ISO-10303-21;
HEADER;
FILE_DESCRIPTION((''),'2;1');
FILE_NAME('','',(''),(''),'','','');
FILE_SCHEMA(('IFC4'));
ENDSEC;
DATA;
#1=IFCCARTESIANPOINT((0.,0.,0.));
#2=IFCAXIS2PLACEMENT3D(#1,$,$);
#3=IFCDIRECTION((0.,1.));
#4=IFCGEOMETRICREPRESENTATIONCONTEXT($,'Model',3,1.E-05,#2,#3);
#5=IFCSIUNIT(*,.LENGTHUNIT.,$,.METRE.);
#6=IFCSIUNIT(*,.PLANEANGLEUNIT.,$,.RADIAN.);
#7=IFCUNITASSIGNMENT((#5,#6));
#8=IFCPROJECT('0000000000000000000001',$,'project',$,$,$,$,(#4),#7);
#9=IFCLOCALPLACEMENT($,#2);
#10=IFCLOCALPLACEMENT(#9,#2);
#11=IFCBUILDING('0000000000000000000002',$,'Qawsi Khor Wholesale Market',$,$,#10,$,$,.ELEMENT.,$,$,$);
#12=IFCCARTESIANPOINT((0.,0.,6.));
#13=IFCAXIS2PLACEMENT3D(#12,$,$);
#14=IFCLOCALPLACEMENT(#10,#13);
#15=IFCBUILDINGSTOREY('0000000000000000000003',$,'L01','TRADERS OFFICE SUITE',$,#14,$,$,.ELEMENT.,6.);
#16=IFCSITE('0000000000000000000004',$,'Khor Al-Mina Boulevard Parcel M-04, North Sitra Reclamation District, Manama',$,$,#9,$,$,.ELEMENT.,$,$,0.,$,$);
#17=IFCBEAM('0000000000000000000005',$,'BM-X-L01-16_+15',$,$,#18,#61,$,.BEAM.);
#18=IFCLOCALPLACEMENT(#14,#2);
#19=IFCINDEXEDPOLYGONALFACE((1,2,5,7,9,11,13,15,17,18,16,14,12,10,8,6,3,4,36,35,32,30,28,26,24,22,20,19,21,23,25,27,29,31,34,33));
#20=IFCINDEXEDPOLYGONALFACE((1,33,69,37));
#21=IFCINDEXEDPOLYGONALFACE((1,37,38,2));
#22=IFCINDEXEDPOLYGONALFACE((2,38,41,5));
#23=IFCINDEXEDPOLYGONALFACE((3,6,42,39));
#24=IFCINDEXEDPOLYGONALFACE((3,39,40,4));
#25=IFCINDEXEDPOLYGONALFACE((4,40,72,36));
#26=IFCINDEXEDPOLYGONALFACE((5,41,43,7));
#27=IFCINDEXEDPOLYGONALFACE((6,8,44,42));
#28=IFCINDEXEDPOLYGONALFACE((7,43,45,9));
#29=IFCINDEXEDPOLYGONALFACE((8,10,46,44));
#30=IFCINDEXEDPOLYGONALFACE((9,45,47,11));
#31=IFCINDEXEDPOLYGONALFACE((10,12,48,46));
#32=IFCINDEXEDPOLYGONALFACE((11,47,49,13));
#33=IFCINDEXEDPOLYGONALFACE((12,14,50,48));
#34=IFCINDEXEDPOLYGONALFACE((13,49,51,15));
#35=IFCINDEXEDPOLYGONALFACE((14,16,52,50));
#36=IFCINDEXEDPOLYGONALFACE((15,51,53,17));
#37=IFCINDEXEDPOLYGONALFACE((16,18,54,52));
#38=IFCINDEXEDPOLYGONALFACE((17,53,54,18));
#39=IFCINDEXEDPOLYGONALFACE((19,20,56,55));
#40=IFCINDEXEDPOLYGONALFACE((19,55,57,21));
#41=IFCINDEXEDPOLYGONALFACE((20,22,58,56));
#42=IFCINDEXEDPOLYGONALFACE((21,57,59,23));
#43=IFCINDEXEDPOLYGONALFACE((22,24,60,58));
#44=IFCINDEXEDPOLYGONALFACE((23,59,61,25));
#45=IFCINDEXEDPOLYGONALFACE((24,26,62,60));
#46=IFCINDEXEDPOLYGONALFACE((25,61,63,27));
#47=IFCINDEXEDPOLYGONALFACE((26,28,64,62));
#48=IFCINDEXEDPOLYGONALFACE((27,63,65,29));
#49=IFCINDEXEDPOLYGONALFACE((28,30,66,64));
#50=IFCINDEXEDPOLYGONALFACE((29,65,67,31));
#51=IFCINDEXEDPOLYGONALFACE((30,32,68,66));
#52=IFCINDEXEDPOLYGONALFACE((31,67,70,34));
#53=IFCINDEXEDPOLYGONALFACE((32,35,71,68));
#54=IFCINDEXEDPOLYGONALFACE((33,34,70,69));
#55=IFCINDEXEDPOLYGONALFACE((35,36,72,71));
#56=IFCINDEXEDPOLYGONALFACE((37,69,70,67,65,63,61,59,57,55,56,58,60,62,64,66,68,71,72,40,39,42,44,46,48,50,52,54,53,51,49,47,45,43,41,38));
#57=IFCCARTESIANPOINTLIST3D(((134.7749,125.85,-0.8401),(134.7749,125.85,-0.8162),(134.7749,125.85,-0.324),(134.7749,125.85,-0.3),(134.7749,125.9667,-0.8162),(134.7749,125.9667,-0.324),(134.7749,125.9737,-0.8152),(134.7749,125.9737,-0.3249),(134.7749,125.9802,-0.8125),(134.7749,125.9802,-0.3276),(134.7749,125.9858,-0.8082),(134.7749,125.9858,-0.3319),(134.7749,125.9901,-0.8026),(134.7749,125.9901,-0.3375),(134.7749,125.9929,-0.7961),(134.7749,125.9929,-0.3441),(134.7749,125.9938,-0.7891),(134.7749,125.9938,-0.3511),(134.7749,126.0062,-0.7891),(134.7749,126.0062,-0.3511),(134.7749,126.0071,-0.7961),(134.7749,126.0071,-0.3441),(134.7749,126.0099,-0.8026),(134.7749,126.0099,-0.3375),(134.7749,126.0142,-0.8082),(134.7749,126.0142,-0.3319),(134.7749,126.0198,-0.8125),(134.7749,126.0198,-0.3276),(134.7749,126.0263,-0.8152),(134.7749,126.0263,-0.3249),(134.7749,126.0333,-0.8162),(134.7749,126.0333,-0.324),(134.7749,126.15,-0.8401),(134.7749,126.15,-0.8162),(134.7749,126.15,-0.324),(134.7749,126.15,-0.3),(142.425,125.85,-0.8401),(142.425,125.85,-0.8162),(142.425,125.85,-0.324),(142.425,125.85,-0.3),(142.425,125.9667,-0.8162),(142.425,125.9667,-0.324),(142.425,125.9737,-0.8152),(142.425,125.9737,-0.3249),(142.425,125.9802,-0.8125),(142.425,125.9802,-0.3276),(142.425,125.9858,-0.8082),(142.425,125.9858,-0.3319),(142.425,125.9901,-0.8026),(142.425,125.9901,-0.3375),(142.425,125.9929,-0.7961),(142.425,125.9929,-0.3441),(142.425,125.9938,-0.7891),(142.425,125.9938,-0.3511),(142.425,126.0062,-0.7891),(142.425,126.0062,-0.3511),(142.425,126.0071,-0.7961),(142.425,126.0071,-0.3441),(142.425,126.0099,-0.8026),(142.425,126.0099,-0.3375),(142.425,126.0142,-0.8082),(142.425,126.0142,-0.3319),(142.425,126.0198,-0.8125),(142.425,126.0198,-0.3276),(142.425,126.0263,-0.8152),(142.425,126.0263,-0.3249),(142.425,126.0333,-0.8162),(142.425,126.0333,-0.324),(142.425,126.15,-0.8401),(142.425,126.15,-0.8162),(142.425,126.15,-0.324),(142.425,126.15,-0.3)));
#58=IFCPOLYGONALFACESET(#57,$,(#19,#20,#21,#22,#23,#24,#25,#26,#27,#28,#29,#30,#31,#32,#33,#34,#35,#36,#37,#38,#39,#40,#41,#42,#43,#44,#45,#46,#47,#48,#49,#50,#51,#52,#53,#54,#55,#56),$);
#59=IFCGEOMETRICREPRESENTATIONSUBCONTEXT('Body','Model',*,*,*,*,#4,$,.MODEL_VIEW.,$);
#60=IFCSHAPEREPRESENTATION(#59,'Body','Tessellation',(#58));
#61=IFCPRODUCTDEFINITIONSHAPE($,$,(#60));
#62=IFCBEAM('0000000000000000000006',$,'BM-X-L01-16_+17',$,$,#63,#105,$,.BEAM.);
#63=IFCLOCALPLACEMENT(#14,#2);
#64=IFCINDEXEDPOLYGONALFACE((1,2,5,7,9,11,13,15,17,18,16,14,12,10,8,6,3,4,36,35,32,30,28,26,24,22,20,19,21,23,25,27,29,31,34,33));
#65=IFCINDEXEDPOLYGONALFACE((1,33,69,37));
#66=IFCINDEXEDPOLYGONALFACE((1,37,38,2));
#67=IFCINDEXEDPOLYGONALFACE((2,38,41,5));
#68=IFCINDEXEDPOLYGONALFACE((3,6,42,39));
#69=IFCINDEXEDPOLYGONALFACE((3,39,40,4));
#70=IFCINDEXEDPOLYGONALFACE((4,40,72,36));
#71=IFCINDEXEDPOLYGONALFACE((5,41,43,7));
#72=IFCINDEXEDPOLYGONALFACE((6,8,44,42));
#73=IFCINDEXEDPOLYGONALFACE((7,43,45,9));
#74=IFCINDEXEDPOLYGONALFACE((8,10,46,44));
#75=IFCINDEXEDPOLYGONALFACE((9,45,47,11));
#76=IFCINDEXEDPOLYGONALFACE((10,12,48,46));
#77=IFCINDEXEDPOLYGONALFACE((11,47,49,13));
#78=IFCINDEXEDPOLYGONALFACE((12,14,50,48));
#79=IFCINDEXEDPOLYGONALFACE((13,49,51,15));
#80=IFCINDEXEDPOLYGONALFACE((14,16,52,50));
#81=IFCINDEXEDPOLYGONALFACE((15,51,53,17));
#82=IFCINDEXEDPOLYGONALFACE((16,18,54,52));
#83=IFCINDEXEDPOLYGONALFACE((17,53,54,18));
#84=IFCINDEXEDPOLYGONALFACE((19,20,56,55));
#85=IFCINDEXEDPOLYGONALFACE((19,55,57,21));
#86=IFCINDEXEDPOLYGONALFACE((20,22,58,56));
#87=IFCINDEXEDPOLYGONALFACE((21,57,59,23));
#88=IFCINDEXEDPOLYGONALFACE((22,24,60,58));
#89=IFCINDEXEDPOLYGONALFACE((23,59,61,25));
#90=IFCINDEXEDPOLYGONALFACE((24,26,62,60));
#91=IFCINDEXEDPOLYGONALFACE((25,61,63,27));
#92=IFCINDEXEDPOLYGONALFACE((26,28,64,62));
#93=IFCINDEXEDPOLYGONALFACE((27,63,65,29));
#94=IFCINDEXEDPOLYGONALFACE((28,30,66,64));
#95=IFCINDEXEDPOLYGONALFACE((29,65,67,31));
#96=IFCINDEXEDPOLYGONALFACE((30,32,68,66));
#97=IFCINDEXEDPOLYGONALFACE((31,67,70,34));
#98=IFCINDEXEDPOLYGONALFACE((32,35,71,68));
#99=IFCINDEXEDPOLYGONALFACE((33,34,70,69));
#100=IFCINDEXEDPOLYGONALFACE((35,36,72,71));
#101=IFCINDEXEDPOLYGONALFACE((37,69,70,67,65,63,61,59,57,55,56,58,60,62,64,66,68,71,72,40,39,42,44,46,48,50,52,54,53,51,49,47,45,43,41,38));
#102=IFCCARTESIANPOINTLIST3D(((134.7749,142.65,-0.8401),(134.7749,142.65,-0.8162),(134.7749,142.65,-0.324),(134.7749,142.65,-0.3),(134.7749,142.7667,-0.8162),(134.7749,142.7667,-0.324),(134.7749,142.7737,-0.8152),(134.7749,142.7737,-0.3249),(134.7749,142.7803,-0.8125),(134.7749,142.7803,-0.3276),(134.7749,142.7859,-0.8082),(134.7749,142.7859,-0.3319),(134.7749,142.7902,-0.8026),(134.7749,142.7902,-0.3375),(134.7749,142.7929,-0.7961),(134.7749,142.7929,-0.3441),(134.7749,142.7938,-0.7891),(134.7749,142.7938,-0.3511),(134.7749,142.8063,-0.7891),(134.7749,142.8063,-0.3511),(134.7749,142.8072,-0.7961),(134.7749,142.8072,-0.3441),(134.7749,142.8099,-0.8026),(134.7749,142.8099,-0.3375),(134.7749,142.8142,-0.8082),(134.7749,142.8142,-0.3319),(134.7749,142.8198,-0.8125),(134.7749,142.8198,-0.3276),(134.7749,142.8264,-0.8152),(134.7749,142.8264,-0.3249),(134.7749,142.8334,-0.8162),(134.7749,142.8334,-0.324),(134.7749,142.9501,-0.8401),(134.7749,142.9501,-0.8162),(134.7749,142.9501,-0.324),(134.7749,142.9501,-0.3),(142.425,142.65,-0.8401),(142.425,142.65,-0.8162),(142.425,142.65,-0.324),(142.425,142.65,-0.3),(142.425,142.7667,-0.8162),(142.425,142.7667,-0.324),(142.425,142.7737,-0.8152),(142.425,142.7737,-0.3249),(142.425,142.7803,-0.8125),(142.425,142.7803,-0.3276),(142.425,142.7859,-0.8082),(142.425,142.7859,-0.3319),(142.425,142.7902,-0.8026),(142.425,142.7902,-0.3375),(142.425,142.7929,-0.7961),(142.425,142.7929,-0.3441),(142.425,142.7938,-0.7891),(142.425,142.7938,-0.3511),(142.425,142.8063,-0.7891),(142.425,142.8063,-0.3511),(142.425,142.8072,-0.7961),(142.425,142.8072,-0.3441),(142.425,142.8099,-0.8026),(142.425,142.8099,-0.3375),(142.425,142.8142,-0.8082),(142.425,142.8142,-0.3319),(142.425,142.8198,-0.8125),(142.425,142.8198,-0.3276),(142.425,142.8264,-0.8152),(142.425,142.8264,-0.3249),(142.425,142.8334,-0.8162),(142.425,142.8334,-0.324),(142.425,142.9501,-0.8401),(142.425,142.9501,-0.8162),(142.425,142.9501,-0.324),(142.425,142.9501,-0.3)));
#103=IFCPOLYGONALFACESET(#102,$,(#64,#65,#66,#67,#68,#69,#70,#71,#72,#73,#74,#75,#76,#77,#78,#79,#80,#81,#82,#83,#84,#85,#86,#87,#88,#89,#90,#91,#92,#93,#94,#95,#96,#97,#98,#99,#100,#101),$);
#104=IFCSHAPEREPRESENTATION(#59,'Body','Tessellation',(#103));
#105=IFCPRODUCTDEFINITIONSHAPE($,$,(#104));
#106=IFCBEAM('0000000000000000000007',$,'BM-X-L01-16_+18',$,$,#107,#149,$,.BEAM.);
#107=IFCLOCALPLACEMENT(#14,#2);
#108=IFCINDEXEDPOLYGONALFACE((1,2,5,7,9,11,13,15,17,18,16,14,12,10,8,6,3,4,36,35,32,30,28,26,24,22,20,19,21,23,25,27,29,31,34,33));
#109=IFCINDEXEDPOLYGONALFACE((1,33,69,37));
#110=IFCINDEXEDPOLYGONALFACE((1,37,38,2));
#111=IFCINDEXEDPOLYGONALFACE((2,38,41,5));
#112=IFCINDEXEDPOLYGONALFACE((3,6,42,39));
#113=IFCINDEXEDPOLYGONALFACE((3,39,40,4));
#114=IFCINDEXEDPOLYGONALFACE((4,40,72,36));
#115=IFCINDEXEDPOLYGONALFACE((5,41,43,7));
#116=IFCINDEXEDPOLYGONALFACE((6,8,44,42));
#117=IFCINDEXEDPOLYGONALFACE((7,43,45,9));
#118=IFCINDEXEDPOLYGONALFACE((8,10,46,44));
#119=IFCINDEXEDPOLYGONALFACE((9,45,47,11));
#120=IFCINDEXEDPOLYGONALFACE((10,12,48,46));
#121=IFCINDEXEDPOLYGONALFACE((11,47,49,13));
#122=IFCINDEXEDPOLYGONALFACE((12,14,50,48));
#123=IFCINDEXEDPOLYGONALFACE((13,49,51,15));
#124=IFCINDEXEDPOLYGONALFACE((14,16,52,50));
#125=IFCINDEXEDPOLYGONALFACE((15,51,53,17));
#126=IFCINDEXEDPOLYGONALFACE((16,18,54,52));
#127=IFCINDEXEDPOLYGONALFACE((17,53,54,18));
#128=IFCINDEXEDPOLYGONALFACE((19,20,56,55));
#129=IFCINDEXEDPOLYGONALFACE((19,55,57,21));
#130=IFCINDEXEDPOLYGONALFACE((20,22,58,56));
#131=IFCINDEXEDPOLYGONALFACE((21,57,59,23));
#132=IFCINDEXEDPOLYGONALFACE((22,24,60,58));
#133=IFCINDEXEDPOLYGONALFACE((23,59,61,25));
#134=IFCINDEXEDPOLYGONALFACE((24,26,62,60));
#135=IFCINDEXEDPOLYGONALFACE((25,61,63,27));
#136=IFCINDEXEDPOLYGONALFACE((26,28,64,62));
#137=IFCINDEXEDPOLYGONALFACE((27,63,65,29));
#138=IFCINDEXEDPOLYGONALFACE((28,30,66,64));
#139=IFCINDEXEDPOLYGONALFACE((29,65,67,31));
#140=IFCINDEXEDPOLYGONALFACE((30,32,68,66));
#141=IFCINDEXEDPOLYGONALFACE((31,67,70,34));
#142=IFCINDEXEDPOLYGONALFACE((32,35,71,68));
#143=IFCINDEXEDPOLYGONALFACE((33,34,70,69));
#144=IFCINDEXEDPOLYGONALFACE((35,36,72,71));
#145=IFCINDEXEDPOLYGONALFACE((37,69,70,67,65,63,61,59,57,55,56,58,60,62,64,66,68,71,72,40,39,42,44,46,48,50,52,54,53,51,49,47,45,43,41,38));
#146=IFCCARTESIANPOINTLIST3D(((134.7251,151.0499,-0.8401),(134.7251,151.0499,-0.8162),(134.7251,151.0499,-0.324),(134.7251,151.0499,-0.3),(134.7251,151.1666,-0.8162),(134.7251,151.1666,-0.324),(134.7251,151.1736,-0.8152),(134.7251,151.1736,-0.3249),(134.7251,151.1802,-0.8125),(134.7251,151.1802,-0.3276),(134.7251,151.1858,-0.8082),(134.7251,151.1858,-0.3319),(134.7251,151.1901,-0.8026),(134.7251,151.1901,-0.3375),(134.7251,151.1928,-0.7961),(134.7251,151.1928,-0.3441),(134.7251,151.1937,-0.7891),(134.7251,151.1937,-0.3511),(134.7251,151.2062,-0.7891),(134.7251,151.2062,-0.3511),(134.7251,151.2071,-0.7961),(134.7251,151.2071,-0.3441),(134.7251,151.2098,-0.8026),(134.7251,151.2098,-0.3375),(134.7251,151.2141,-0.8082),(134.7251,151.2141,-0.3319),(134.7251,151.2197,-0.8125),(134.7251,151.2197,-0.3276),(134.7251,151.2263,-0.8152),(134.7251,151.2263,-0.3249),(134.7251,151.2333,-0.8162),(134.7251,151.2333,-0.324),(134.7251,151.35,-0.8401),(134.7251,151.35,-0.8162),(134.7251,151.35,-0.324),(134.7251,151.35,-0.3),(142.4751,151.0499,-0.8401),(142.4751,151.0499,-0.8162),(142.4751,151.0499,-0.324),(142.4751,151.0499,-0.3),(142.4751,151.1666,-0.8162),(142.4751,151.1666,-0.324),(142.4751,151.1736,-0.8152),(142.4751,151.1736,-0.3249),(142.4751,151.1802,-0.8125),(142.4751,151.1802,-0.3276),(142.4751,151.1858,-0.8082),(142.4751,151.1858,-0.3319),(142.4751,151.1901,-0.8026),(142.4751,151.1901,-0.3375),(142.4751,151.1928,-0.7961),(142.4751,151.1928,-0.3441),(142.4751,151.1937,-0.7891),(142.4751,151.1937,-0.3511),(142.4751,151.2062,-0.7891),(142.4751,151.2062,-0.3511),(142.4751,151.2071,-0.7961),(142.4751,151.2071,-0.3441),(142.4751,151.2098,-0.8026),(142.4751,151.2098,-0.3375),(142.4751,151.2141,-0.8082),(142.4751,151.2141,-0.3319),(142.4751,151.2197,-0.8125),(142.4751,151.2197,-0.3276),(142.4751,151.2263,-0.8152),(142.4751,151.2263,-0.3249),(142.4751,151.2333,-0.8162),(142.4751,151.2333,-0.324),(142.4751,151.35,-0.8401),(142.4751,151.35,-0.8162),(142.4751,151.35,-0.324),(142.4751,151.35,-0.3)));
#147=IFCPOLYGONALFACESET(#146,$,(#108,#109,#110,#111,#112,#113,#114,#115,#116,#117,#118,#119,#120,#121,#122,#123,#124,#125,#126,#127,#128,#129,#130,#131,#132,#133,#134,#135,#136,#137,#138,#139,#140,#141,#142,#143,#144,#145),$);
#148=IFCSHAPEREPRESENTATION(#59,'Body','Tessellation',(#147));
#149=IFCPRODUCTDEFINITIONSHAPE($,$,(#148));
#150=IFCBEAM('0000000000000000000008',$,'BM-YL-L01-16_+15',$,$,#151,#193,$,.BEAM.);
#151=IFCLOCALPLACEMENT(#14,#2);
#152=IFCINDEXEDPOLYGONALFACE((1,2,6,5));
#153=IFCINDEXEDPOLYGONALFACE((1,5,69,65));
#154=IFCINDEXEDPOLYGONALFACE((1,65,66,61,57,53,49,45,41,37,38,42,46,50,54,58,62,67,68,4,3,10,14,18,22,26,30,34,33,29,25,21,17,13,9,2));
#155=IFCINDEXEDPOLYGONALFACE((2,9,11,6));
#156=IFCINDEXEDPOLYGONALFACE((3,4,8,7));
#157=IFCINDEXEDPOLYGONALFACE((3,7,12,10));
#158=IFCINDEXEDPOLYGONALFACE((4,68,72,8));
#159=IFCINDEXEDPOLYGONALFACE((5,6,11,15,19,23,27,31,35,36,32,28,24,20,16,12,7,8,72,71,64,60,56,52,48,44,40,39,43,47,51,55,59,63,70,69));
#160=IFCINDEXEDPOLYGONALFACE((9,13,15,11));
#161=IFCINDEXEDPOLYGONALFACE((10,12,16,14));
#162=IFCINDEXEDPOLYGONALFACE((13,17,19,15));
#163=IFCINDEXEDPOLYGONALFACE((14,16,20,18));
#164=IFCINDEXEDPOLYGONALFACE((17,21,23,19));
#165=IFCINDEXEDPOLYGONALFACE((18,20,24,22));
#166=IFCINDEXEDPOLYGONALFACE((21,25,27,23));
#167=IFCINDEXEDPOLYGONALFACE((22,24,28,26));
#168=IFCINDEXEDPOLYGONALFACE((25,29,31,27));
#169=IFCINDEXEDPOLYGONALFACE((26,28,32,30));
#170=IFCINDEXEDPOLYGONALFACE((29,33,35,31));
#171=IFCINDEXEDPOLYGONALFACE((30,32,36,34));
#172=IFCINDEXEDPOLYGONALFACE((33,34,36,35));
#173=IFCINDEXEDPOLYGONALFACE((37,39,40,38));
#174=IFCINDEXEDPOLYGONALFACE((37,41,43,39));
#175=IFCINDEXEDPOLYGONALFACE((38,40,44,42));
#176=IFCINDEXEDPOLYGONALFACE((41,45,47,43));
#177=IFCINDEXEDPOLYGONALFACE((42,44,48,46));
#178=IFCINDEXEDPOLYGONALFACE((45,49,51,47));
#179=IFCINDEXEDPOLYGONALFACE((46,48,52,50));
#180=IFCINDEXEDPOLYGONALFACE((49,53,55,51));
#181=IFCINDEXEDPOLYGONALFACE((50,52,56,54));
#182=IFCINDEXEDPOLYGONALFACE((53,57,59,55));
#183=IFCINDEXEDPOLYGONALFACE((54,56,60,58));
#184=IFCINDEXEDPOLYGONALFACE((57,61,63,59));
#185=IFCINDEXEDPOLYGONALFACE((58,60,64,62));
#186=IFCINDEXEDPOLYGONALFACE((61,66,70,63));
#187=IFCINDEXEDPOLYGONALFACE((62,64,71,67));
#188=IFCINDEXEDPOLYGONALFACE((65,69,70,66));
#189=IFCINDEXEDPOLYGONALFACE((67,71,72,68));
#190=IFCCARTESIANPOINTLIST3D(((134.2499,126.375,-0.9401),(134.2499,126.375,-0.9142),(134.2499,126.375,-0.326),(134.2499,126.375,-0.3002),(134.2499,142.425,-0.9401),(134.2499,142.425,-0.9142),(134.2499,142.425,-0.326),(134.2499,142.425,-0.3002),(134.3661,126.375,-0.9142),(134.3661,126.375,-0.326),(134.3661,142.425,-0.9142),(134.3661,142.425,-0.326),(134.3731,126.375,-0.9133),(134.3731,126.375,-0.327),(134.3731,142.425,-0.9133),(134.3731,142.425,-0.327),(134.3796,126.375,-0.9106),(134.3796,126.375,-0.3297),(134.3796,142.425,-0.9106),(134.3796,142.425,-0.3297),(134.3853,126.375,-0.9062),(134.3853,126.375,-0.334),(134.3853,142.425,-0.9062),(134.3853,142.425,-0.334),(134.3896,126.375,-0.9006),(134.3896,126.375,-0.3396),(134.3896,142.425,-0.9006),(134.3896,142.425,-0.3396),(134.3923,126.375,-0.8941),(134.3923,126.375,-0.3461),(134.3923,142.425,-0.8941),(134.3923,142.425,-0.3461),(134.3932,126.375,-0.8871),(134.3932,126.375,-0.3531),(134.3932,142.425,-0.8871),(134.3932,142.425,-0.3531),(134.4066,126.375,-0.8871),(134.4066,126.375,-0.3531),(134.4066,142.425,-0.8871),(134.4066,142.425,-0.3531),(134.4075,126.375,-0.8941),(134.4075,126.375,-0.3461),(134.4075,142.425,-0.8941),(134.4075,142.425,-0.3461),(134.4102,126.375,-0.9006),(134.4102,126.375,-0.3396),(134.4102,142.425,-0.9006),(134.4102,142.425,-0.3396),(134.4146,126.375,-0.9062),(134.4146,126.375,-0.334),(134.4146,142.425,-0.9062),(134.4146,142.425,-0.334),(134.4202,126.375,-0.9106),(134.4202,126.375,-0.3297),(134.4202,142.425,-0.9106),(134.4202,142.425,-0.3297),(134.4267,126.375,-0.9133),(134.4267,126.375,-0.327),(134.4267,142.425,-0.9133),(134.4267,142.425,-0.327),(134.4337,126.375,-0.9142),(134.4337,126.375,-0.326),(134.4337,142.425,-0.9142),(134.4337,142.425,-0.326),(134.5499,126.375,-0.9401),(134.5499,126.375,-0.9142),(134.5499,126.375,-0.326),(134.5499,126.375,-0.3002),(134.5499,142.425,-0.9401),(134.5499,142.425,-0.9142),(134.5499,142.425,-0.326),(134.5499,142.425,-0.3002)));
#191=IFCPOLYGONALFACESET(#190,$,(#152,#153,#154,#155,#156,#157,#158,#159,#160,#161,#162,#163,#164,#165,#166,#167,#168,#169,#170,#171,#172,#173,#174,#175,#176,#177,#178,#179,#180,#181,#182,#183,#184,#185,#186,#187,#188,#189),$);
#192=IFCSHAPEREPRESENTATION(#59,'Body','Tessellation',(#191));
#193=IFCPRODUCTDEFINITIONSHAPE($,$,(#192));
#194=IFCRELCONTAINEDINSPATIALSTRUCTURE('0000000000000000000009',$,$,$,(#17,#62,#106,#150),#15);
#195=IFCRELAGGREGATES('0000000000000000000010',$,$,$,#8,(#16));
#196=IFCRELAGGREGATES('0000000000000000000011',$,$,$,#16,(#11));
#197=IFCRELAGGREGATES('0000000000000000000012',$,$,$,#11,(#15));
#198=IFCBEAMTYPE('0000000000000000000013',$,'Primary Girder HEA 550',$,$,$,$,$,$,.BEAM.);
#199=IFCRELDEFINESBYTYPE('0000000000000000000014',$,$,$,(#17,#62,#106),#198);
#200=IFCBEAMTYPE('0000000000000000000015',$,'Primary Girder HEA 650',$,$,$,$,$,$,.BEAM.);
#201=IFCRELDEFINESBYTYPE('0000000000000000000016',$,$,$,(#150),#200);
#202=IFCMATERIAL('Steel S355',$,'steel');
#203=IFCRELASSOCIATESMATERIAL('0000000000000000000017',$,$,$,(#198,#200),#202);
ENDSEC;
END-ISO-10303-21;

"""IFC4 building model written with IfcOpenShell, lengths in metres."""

from ifc_helpers import new_model, si_unit, direction, frame, origin, origin_2d, place, context, subcontext, project, spatial, i_section, extrude, material, material_profile, profile_set, type_object, element, save


model = new_model("IFC4")

# Units and contexts
model_context = context("Model", 3, precision=1e-05, world=origin(), true_north=direction((0.0, 1.0)))
body_context = subcontext(model_context, "Body", "Model", "MODEL_VIEW")
ifc_project = project(units=[si_unit("LENGTHUNIT", "METRE"), si_unit("PLANEANGLEUNIT", "RADIAN")], contexts=[model_context])

# Site, building, storey
site_placement = place(None, origin())
site = spatial("IfcSite", under=ifc_project, at=site_placement, Name="Khor Al-Mina Boulevard Parcel M-04, North Sitra Reclamation District, Manama", CompositionType="ELEMENT", RefElevation=0.0)
building_placement = place(site_placement, origin())
building = spatial("IfcBuilding", under=site, at=building_placement, Name="Qawsi Khor Wholesale Market", CompositionType="ELEMENT")
storey_placement = place(building_placement, frame((0.0, 0.0, 6.0)))
storey = spatial("IfcBuildingStorey", under=building, at=storey_placement, Name="L01", Description="TRADERS OFFICE SUITE", CompositionType="ELEMENT", Elevation=6.0)

# Shared definitions
ifc_material_1 = material(Name="Steel S355", Category="steel")

# Beams
ifc_material_profile_1 = material_profile(ifc_material_1, i_section(OverallWidth=0.3, OverallDepth=0.54, WebThickness=0.0125, FlangeThickness=0.0239, FilletRadius=0.0271, at=origin_2d()), Name="HEA 550")
ifc_profile_set_1 = profile_set([ifc_material_profile_1], Name="Steel S355")
beam_type_1 = type_object("IfcBeamType", Name="Primary Girder HEA 550", PredefinedType="BEAM", material=ifc_profile_set_1)
for number, where, z_axis, x_axis, name in (
    (1, (134.7749, 126.0, -0.5701), (1.0, 0.0, 0.0), (0.0, 1.0, 0.0), "BM-X-L01-16_+15"),
    (2, (134.7749, 142.8, -0.5701), (1.0, 0.0, 0.0), (0.0, 1.0, 0.0), "BM-X-L01-16_+17"),
):
    element("IfcBeam", number, at=place(storey_placement, frame(where, z_axis=z_axis, x_axis=x_axis)), inside=storey, type_object=beam_type_1, Name=name, PredefinedType="BEAM", context=body_context, shape_type="SweptSolid", body=[
        extrude(i_section(OverallWidth=0.3, OverallDepth=0.54, WebThickness=0.0125, FlangeThickness=0.0239, FilletRadius=0.0271, at=origin_2d()), origin(), (0.0, 0.0, 1.0), 7.6501),
    ])
beam_1_placement = place(storey_placement, frame((134.7251, 151.2, -0.5701), z_axis=(1.0, 0.0, 0.0), x_axis=(0.0, 1.0, 0.0)))
element("IfcBeam", 3, at=beam_1_placement, inside=storey, type_object=beam_type_1, Name="BM-X-L01-16_+18", PredefinedType="BEAM", context=body_context, shape_type="SweptSolid", body=[
    extrude(i_section(OverallWidth=0.3, OverallDepth=0.54, WebThickness=0.0125, FlangeThickness=0.0239, FilletRadius=0.0271, at=origin_2d()), origin(), (0.0, 0.0, 1.0), 7.75),
])
ifc_material_profile_2 = material_profile(ifc_material_1, i_section(OverallWidth=0.3, OverallDepth=0.6399, WebThickness=0.0134, FlangeThickness=0.0259, FilletRadius=0.0271, at=origin_2d()), Name="HEA 650")
ifc_profile_set_2 = profile_set([ifc_material_profile_2], Name="Steel S355")
beam_type_2 = type_object("IfcBeamType", Name="Primary Girder HEA 650", PredefinedType="BEAM", material=ifc_profile_set_2)
beam_2_placement = place(storey_placement, frame((134.3999, 126.375, -0.6201), z_axis=(0.0, 1.0, 0.0), x_axis=(-1.0, 0.0, 0.0)))
element("IfcBeam", 4, at=beam_2_placement, inside=storey, type_object=beam_type_2, Name="BM-YL-L01-16_+15", PredefinedType="BEAM", context=body_context, shape_type="SweptSolid", body=[
    extrude(i_section(OverallWidth=0.3, OverallDepth=0.6399, WebThickness=0.0134, FlangeThickness=0.0259, FilletRadius=0.0271, at=origin_2d()), origin(), (0.0, 0.0, 1.0), 16.05),
])

save(model, "model.ifc")
